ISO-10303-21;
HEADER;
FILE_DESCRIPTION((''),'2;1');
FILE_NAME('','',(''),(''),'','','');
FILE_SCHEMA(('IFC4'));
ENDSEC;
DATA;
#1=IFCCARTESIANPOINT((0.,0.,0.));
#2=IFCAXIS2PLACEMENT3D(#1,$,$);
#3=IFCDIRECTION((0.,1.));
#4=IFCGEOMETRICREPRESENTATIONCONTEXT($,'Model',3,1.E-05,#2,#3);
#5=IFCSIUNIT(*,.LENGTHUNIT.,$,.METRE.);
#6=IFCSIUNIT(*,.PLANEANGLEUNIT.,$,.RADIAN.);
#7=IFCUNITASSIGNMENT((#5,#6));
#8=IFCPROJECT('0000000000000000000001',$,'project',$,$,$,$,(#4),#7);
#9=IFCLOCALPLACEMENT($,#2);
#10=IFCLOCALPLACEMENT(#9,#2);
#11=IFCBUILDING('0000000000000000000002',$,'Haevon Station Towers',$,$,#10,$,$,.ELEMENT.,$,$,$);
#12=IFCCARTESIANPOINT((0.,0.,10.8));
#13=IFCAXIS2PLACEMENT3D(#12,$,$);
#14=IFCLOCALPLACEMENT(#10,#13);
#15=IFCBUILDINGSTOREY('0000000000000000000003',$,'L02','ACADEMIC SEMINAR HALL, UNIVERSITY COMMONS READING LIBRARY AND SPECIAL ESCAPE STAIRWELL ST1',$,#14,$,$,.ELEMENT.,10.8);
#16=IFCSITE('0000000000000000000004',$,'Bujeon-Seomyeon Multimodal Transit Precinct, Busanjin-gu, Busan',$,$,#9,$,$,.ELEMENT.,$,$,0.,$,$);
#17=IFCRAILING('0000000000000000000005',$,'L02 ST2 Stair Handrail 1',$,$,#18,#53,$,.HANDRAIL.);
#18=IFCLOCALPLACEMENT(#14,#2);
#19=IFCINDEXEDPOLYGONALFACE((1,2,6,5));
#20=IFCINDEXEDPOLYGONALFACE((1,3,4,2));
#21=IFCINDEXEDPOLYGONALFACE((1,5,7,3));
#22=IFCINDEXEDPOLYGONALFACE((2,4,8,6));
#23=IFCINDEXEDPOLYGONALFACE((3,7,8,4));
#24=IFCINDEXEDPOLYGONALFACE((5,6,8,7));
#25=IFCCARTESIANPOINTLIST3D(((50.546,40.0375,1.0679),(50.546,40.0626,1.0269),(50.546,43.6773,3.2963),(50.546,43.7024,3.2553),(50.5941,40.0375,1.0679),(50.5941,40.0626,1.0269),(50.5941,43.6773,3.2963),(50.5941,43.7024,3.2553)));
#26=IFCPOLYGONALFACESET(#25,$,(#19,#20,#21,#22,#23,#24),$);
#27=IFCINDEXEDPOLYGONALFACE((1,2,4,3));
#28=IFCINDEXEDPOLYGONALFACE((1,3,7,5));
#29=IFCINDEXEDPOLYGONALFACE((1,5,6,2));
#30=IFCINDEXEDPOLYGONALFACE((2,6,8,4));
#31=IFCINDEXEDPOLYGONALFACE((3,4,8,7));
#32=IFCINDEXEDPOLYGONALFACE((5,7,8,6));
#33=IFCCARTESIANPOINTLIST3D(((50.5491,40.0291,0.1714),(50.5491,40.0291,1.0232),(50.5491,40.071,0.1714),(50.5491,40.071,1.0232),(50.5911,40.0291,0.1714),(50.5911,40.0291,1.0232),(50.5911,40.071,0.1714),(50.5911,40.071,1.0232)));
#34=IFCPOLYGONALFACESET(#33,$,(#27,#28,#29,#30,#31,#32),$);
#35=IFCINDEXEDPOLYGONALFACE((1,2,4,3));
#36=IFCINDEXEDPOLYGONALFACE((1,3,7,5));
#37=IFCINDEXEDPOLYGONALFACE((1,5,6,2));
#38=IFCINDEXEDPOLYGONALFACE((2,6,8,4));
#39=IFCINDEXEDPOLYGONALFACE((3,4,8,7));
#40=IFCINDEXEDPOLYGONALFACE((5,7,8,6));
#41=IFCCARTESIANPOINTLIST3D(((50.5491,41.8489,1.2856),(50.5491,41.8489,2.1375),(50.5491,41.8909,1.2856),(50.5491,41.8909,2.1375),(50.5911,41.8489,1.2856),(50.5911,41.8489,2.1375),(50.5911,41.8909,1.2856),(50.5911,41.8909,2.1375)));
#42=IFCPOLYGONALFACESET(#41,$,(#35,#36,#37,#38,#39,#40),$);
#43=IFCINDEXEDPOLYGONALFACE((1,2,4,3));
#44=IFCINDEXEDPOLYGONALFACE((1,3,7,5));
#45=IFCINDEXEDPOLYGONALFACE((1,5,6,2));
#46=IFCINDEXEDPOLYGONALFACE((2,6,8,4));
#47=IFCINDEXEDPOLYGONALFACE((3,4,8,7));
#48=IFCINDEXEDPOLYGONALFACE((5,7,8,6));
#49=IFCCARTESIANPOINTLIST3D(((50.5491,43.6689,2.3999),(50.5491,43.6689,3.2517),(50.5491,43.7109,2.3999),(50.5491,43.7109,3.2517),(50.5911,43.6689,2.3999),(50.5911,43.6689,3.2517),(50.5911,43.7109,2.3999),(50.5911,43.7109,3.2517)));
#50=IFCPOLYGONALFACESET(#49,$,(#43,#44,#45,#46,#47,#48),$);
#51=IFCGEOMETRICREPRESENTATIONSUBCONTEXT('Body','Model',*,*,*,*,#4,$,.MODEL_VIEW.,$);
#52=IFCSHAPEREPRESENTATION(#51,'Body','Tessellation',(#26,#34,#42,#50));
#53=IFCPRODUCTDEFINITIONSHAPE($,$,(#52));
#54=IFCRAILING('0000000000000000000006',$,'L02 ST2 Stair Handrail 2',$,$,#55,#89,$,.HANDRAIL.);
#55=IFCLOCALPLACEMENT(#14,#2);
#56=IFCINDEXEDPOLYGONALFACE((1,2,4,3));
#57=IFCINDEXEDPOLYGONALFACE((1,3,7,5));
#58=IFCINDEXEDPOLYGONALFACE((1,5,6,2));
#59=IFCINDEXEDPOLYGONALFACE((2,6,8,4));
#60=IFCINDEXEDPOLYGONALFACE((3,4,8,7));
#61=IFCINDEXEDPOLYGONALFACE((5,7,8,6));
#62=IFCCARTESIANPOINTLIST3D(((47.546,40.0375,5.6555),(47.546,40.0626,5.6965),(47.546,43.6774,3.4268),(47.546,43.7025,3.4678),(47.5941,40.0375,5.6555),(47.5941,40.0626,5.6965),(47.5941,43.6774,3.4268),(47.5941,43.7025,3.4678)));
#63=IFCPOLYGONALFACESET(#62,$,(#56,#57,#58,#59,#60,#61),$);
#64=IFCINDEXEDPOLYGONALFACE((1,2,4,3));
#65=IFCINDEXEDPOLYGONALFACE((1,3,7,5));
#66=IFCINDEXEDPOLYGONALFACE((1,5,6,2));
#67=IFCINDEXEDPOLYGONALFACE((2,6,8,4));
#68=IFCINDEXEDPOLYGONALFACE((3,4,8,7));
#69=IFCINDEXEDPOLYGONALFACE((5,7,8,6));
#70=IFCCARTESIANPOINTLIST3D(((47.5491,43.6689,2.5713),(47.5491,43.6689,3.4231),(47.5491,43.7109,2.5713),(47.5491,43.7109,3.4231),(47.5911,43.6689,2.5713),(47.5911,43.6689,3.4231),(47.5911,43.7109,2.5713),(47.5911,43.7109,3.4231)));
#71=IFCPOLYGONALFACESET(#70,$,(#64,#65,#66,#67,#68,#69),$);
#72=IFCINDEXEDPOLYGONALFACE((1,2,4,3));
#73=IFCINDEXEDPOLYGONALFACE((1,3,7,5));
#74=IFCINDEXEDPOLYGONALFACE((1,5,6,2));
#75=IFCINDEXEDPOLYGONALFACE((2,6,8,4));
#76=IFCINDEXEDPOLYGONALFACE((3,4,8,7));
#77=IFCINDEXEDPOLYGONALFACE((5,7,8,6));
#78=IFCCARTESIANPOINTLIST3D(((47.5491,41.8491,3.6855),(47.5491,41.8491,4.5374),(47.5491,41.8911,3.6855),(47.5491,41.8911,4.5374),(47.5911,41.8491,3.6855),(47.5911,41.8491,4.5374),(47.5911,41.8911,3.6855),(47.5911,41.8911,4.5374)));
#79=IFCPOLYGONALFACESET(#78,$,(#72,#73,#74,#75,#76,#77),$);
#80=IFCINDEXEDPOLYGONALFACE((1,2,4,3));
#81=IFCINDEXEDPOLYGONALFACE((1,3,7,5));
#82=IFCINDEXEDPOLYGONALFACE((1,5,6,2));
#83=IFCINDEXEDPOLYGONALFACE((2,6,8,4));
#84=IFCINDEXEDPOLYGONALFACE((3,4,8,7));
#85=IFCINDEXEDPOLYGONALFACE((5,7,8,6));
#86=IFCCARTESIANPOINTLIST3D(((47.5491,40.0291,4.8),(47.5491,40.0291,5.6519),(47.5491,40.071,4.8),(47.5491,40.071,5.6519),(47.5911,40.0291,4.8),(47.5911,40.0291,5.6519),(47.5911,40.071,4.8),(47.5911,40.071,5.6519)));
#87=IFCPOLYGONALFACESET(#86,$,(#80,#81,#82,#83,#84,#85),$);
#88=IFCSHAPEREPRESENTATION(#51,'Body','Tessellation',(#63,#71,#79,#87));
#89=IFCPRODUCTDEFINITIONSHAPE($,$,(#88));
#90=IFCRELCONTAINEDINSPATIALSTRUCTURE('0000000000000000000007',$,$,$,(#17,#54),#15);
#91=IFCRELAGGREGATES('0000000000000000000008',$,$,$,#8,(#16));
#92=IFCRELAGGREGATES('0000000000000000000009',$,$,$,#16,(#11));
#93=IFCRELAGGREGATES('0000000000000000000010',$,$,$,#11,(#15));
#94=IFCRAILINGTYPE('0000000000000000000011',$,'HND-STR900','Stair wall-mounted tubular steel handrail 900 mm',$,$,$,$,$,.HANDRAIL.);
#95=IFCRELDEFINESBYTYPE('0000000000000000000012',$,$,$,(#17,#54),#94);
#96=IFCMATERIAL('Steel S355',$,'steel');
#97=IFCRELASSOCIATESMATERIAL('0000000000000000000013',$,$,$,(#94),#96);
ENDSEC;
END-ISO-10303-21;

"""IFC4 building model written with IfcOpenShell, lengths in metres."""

from ifc_helpers import new_model, si_unit, direction, frame, origin, origin_2d, place, context, subcontext, project, spatial, rectangle, extrude, material, type_object, element, save


model = new_model("IFC4")

# Units and contexts
model_context = context("Model", 3, precision=1e-05, world=origin(), true_north=direction((0.0, 1.0)))
body_context = subcontext(model_context, "Body", "Model", "MODEL_VIEW")
ifc_project = project(units=[si_unit("LENGTHUNIT", "METRE"), si_unit("PLANEANGLEUNIT", "RADIAN")], contexts=[model_context])

# Site, building, storey
site_placement = place(None, origin())
site = spatial("IfcSite", under=ifc_project, at=site_placement, Name="Bujeon-Seomyeon Multimodal Transit Precinct, Busanjin-gu, Busan", CompositionType="ELEMENT", RefElevation=0.0)
building_placement = place(site_placement, origin())
building = spatial("IfcBuilding", under=site, at=building_placement, Name="Haevon Station Towers", CompositionType="ELEMENT")
storey_placement = place(building_placement, frame((0.0, 0.0, 10.8)))
storey = spatial("IfcBuildingStorey", under=building, at=storey_placement, Name="L02", Description="ACADEMIC SEMINAR HALL, UNIVERSITY COMMONS READING LIBRARY AND SPECIAL ESCAPE STAIRWELL ST1", CompositionType="ELEMENT", Elevation=10.8)

# Shared definitions
ifc_material_1 = material(Name="Steel S355", Category="steel")

# Railings
railing_type_1 = type_object("IfcRailingType", Name="HND-STR900", Description="Stair wall-mounted tubular steel handrail 900 mm", PredefinedType="HANDRAIL", material=ifc_material_1)
railing_1_placement = place(storey_placement, frame((50.5701, 40.05, 0.1714)))
element("IfcRailing", 1, at=railing_1_placement, inside=storey, type_object=railing_type_1, Name="L02 ST2 Stair Handrail 1", PredefinedType="HANDRAIL", context=body_context, shape_type="SweptSolid", body=[
    extrude(rectangle(XDim=0.0481, YDim=0.0481, at=origin_2d()), frame((0.0, 0.0, 0.876), z_axis=(0.0, 0.85285, 0.522156), x_axis=(-1.0, 0.0, 0.0)), (0.0, 0.0, 1.0), 4.2678),
    extrude(rectangle(XDim=0.042, YDim=0.042, at=origin_2d()), origin(), (0.0, 0.0, 1.0), 0.8518),
    extrude(rectangle(XDim=0.042, YDim=0.042, at=origin_2d()), frame((0.0, 1.8198, 1.1143)), (0.0, 0.0, 1.0), 0.8518),
    extrude(rectangle(XDim=0.042, YDim=0.042, at=origin_2d()), frame((0.0, 3.6399, 2.2285)), (0.0, 0.0, 1.0), 0.8518),
])
railing_2_placement = place(storey_placement, frame((47.5701, 43.6899, 2.5713)))
element("IfcRailing", 2, at=railing_2_placement, inside=storey, type_object=railing_type_1, Name="L02 ST2 Stair Handrail 2", PredefinedType="HANDRAIL", context=body_context, shape_type="SweptSolid", body=[
    extrude(rectangle(XDim=0.0481, YDim=0.0481, at=origin_2d()), frame((0.0, 0.0, 0.876), z_axis=(0.0, -0.852825, 0.522197), x_axis=(1.0, 0.0, 0.0)), (0.0, 0.0, 1.0), 4.2681),
    extrude(rectangle(XDim=0.042, YDim=0.042, at=origin_2d()), origin(), (0.0, 0.0, 1.0), 0.8518),
    extrude(rectangle(XDim=0.042, YDim=0.042, at=origin_2d()), frame((0.0, -1.8198, 1.1143)), (0.0, 0.0, 1.0), 0.8518),
    extrude(rectangle(XDim=0.042, YDim=0.042, at=origin_2d()), frame((0.0, -3.6399, 2.2288)), (0.0, 0.0, 1.0), 0.8518),
])

save(model, "model.ifc")
